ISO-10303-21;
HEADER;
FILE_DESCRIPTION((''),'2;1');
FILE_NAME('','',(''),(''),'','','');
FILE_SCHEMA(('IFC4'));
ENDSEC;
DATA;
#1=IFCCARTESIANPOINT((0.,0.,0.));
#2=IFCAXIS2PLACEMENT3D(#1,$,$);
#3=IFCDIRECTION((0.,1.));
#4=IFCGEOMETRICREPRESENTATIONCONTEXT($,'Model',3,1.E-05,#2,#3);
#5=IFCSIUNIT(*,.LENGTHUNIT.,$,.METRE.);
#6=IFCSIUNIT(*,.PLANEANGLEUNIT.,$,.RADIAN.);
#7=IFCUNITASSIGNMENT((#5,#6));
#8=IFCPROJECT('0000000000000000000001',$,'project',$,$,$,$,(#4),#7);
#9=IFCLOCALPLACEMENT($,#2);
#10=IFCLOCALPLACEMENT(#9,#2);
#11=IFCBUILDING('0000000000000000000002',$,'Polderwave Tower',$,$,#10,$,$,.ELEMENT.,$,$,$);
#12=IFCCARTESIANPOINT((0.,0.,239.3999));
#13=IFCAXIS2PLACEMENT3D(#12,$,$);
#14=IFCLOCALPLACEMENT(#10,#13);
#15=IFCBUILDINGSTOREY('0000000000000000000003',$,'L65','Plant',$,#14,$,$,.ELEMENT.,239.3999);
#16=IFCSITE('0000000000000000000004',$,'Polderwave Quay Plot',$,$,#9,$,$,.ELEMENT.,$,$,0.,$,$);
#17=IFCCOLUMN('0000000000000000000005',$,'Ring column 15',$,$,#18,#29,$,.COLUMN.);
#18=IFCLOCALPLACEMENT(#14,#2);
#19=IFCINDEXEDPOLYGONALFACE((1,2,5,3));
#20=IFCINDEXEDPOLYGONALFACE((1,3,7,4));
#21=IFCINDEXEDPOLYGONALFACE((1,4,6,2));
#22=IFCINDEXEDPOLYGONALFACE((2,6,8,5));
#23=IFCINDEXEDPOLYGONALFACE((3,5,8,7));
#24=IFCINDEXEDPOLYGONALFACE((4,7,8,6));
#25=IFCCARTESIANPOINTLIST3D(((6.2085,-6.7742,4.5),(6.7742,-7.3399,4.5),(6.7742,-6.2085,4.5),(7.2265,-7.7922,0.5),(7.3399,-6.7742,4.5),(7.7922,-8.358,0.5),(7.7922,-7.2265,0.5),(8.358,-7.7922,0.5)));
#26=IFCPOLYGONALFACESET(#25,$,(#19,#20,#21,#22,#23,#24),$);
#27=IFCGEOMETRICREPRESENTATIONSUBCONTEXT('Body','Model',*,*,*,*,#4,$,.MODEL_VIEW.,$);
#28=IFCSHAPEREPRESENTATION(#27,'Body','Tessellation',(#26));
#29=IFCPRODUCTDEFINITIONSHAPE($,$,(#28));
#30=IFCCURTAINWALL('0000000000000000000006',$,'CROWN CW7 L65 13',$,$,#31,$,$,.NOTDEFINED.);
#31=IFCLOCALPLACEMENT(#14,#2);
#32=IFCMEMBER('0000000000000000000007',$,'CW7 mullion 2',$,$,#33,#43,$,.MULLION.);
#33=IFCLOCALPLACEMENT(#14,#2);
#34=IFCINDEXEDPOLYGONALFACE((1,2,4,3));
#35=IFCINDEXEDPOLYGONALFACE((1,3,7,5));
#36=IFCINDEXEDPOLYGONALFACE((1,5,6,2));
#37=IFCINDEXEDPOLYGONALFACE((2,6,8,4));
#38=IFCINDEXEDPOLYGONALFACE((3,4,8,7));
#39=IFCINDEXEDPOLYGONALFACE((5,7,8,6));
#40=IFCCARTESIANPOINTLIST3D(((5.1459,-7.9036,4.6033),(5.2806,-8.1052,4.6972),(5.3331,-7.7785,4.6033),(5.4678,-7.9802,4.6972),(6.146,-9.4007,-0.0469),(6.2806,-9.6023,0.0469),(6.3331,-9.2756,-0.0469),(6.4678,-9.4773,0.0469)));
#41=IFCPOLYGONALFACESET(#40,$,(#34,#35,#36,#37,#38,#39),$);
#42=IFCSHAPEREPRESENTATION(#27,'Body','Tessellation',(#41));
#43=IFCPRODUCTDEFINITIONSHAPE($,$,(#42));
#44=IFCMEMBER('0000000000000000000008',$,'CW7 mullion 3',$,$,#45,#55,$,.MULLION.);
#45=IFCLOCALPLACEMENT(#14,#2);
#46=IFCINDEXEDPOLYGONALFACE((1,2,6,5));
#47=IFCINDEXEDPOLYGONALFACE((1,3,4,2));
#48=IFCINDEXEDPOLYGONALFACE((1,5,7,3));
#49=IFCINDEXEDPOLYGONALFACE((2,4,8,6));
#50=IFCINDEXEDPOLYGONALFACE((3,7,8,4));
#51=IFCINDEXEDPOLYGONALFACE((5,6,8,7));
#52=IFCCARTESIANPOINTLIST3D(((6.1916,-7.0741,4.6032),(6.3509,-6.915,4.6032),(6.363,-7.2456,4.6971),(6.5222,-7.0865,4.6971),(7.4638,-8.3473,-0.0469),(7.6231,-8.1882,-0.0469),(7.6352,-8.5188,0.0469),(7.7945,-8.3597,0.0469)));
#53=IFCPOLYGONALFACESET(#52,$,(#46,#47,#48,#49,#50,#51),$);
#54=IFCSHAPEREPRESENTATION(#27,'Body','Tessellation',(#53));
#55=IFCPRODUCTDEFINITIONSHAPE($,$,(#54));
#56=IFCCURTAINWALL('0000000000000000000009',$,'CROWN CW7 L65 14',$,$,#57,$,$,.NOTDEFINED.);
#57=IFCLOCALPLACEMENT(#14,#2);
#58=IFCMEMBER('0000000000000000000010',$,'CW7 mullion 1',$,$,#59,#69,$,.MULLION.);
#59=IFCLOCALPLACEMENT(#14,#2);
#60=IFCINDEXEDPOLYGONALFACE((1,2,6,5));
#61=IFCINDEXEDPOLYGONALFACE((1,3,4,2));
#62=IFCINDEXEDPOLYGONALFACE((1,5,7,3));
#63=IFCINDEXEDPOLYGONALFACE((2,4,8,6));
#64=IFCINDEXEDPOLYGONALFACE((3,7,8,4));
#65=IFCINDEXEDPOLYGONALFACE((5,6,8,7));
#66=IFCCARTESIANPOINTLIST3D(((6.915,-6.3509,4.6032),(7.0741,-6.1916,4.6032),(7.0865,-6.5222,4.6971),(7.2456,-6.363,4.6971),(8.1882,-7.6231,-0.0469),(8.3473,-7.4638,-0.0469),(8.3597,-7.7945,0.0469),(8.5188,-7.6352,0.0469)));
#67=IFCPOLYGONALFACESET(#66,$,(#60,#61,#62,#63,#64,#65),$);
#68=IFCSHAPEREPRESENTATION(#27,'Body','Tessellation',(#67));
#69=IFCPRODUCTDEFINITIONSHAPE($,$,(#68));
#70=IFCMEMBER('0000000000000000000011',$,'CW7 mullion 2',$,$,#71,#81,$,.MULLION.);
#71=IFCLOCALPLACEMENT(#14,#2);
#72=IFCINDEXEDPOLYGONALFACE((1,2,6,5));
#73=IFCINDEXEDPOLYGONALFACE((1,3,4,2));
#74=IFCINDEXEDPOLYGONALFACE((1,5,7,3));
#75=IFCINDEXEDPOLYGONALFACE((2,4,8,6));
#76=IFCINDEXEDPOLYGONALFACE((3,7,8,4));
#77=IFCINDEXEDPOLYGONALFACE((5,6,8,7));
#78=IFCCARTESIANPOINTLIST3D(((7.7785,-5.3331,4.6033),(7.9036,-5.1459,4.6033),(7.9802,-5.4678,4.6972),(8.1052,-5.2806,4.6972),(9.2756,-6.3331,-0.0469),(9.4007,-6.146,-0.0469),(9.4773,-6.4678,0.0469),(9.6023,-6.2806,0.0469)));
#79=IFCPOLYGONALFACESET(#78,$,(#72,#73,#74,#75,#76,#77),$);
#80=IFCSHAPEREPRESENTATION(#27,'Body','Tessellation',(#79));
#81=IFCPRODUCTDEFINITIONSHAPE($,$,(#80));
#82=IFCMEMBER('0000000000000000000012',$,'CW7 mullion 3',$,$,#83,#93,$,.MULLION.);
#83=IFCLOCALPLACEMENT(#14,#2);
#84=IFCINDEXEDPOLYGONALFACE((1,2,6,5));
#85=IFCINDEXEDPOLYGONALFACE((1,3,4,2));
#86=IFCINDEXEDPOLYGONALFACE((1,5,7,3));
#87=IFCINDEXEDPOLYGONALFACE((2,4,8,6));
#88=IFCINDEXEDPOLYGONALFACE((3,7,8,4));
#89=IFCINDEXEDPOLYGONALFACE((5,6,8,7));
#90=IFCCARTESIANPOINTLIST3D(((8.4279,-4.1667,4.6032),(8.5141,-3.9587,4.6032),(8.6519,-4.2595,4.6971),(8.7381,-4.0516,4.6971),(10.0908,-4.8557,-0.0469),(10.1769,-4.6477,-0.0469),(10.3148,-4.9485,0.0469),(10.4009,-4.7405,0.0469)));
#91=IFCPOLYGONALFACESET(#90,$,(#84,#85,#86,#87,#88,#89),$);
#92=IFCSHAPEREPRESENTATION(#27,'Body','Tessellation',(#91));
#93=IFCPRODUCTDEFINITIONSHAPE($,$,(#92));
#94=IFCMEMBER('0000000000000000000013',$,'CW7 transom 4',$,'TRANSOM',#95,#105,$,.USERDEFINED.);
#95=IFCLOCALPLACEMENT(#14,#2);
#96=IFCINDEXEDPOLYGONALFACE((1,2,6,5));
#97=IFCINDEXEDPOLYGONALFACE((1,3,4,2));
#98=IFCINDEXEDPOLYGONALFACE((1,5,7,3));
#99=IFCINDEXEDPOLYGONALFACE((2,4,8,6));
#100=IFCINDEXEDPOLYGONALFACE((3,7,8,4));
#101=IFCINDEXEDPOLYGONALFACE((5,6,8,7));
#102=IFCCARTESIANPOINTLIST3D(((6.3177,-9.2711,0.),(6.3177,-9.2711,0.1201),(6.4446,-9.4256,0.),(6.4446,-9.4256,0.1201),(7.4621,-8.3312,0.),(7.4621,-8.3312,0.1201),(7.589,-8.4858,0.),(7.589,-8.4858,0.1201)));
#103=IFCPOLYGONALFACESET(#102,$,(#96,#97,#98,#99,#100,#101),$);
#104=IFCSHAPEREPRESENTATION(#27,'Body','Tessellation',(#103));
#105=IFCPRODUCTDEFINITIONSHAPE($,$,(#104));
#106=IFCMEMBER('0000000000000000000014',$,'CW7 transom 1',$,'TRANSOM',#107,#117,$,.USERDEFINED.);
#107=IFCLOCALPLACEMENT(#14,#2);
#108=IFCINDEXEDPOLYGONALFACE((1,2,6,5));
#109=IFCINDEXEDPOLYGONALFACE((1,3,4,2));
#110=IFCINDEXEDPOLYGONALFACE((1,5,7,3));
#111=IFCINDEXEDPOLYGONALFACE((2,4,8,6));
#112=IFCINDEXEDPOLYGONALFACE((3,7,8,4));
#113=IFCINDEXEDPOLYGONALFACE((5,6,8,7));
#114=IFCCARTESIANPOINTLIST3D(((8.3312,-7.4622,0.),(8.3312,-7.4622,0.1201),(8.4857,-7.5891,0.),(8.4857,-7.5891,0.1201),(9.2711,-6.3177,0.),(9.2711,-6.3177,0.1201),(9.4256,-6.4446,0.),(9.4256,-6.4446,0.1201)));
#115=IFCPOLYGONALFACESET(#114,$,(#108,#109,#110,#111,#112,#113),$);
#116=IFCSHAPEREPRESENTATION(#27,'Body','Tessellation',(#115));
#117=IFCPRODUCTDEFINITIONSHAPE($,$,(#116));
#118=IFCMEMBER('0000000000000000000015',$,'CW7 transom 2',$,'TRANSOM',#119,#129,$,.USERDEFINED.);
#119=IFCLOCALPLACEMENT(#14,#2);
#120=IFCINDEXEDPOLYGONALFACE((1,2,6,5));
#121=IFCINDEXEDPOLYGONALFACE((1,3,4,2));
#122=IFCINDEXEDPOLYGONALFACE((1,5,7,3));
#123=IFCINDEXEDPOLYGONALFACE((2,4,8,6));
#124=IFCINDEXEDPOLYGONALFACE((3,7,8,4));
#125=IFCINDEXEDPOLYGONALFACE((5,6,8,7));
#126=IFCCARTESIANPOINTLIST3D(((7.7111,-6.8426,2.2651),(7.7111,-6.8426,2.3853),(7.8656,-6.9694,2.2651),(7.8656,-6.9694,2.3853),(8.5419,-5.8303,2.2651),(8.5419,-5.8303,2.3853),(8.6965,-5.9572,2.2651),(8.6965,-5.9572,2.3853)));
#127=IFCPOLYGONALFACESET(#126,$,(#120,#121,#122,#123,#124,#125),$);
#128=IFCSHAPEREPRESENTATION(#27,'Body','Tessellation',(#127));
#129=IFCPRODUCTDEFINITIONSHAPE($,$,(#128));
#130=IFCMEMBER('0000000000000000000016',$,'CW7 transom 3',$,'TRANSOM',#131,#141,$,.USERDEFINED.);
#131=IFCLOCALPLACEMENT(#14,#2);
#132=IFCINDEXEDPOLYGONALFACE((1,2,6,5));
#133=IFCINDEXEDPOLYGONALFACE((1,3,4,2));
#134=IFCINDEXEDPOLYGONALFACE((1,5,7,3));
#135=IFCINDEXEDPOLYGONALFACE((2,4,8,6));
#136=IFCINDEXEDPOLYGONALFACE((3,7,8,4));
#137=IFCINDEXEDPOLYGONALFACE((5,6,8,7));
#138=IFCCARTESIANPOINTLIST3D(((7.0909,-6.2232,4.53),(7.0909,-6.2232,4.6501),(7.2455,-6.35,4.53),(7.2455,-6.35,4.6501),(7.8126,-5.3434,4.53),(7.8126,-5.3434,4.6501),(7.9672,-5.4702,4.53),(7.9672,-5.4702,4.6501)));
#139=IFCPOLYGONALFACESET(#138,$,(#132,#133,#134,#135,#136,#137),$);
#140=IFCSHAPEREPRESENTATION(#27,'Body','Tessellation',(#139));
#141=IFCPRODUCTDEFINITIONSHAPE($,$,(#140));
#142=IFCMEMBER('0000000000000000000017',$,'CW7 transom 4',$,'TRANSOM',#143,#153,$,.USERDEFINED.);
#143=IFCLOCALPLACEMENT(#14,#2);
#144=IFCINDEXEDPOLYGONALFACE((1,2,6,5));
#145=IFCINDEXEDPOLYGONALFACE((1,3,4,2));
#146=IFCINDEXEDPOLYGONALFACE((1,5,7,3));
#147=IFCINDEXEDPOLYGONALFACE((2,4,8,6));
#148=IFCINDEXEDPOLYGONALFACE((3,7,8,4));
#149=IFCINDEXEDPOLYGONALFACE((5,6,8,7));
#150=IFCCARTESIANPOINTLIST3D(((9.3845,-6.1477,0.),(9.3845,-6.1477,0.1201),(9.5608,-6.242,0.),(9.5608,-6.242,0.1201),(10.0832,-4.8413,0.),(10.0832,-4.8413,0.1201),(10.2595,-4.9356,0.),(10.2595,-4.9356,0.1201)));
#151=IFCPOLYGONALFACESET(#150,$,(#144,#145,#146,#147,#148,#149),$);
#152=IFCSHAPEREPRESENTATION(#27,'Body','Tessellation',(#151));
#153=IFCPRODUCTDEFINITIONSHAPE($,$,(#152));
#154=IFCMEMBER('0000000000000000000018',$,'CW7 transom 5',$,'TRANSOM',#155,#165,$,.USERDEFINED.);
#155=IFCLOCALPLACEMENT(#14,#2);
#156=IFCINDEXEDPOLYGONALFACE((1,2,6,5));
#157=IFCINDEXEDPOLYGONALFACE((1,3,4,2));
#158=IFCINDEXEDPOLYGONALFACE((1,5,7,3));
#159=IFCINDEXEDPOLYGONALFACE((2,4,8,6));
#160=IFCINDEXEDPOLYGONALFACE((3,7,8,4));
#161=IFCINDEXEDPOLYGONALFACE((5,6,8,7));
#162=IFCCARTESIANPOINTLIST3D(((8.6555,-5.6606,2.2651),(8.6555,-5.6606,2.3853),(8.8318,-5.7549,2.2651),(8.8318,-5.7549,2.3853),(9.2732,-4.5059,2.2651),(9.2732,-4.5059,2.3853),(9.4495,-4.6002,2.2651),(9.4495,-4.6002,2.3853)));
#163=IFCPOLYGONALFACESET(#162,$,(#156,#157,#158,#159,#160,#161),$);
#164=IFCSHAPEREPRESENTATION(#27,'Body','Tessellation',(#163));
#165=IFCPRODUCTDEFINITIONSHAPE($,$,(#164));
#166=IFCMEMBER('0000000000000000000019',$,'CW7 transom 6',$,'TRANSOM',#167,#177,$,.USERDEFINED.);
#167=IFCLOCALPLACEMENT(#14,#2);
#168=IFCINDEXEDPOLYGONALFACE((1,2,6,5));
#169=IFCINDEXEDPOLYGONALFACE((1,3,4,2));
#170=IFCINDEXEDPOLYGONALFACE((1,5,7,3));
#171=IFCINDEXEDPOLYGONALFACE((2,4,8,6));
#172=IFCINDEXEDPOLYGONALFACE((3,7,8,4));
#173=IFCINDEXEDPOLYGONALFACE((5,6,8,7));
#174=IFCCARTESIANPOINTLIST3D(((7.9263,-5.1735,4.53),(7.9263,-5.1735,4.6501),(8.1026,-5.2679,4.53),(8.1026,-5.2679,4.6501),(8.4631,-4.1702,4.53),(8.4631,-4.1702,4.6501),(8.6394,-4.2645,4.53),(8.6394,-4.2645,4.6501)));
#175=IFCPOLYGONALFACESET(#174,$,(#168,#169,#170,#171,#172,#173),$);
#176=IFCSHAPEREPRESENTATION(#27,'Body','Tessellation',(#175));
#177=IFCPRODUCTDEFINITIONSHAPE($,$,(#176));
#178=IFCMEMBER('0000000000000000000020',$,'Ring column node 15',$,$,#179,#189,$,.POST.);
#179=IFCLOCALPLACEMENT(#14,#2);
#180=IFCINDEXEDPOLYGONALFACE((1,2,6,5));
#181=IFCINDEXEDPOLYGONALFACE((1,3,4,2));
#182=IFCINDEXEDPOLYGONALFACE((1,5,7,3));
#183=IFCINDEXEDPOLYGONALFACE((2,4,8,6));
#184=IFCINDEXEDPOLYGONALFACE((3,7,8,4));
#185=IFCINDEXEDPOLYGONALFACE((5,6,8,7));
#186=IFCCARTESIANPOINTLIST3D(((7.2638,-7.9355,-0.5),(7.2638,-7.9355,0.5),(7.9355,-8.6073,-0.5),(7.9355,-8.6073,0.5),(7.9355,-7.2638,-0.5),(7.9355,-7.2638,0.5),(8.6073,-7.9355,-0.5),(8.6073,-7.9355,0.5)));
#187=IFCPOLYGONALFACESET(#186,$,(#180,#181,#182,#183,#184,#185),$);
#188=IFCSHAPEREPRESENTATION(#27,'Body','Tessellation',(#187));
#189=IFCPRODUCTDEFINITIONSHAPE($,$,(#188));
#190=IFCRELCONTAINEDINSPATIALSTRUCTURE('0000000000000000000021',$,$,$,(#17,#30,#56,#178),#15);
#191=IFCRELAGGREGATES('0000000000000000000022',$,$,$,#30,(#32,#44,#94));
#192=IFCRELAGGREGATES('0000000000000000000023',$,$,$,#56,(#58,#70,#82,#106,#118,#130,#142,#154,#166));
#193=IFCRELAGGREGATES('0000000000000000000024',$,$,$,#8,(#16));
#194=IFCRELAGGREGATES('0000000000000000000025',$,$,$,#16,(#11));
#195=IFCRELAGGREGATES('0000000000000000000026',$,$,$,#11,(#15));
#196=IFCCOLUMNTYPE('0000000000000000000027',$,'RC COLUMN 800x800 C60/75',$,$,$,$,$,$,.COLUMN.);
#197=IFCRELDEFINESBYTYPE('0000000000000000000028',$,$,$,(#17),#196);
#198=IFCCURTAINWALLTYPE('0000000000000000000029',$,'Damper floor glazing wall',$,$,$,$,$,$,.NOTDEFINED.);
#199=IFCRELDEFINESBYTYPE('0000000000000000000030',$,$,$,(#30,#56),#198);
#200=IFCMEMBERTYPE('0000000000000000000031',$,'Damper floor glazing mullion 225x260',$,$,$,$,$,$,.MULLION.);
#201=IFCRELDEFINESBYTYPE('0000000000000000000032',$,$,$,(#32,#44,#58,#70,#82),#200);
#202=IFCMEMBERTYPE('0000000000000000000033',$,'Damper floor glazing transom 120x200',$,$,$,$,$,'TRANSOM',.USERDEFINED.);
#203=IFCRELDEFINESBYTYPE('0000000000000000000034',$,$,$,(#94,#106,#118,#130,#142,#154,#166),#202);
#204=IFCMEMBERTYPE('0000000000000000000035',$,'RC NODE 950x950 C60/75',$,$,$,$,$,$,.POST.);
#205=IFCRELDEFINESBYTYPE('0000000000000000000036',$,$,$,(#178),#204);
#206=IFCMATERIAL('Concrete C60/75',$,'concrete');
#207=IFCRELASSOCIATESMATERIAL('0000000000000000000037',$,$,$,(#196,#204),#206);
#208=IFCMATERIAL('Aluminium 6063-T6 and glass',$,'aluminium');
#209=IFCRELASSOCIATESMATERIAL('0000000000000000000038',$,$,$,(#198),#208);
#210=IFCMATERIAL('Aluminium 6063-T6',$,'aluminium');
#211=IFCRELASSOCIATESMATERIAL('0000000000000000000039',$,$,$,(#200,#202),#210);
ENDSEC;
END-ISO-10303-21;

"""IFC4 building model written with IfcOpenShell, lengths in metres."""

from ifc_helpers import new_model, si_unit, direction, frame, origin, origin_2d, place, context, subcontext, project, spatial, rectangle, extrude, material, material_profile, profile_set, type_object, element, aggregate, save


model = new_model("IFC4")

# Units and contexts
model_context = context("Model", 3, precision=1e-05, world=origin(), true_north=direction((0.0, 1.0)))
body_context = subcontext(model_context, "Body", "Model", "MODEL_VIEW")
ifc_project = project(units=[si_unit("LENGTHUNIT", "METRE"), si_unit("PLANEANGLEUNIT", "RADIAN")], contexts=[model_context])

# Site, building, storey
site_placement = place(None, origin())
site = spatial("IfcSite", under=ifc_project, at=site_placement, Name="Polderwave Quay Plot", CompositionType="ELEMENT", RefElevation=0.0)
building_placement = place(site_placement, origin())
building = spatial("IfcBuilding", under=site, at=building_placement, Name="Polderwave Tower", CompositionType="ELEMENT")
storey_placement = place(building_placement, frame((0.0, 0.0, 239.3999)))
storey = spatial("IfcBuildingStorey", under=building, at=storey_placement, Name="L65", Description="Plant", CompositionType="ELEMENT", Elevation=239.3999)

# Column
ifc_material_1 = material(Name="Concrete C60/75", Category="concrete")
ifc_material_profile_1 = material_profile(ifc_material_1, rectangle(XDim=0.8, YDim=0.8, at=origin_2d()), Name="RC 800x800")
ifc_profile_set_1 = profile_set([ifc_material_profile_1], Name="Concrete C60/75")
column_type = type_object("IfcColumnType", Name="RC COLUMN 800x800 C60/75", PredefinedType="COLUMN", material=ifc_profile_set_1)
column_placement = place(storey_placement, frame((7.7922, -7.7922, 0.5), z_axis=(0.0, 0.0, 1.0), x_axis=(-0.707107, -0.707107, 0.0)))
element("IfcColumn", 1, at=column_placement, inside=storey, type_object=column_type, Name="Ring column 15", PredefinedType="COLUMN", context=body_context, shape_type="SweptSolid", body=[
    extrude(rectangle(XDim=0.8, YDim=0.8, at=origin_2d()), origin(), (0.0, -0.33867, 0.940905), 4.2512),
])

# Curtain walls, members
ifc_material_2 = material(Name="Aluminium 6063-T6 and glass", Category="aluminium")
curtain_wall_type = type_object("IfcCurtainWallType", Name="Damper floor glazing wall", PredefinedType="NOTDEFINED", material=ifc_material_2)
curtain_wall_1_placement = place(storey_placement, origin())
curtain_wall_1 = element("IfcCurtainWall", 2, at=curtain_wall_1_placement, inside=storey, type_object=curtain_wall_type, Name="CROWN CW7 L65 13", PredefinedType="NOTDEFINED")
ifc_material_3 = material(Name="Aluminium 6063-T6", Category="aluminium")
ifc_material_profile_2 = material_profile(ifc_material_3, rectangle(XDim=0.2251, YDim=0.26, at=origin_2d()), Name="AL 225x260")
ifc_profile_set_2 = profile_set([ifc_material_profile_2], Name="Aluminium 6063-T6")
member_type_1 = type_object("IfcMemberType", Name="Damper floor glazing mullion 225x260", PredefinedType="MULLION", material=ifc_profile_set_2)
member_1_placement = place(storey_placement, frame((6.3069, -9.439, 0.0), z_axis=(-0.200542, 0.300225, 0.932549), x_axis=(-0.831549, -0.555451, 0.0)))
member_1 = element("IfcMember", 3, at=member_1_placement, type_object=member_type_1, Name="CW7 mullion 2", PredefinedType="MULLION", context=body_context, shape_type="SweptSolid", body=[
    extrude(rectangle(XDim=0.2251, YDim=0.26, at=origin_2d()), origin(), (0.0, 0.0, 1.0), 4.9866),
])
member_2_placement = place(storey_placement, frame((7.6292, -8.3535, 0.0), z_axis=(-0.255141, 0.255337, 0.93258), x_axis=(-0.707378, -0.706835, 0.0)))
member_2 = element("IfcMember", 4, at=member_2_placement, type_object=member_type_1, Name="CW7 mullion 3", PredefinedType="MULLION", context=body_context, shape_type="SweptSolid", body=[
    extrude(rectangle(XDim=0.2251, YDim=0.26, at=origin_2d()), origin(), (0.0, 0.0, 1.0), 4.9863),
])
curtain_wall_2_placement = place(storey_placement, origin())
curtain_wall_2 = element("IfcCurtainWall", 5, at=curtain_wall_2_placement, inside=storey, type_object=curtain_wall_type, Name="CROWN CW7 L65 14", PredefinedType="NOTDEFINED")
member_3_placement = place(storey_placement, frame((8.3535, -7.6292, 0.0), z_axis=(-0.255337, 0.255141, 0.93258), x_axis=(-0.706835, -0.707378, 0.0)))
member_3 = element("IfcMember", 6, at=member_3_placement, type_object=member_type_1, Name="CW7 mullion 1", PredefinedType="MULLION", context=body_context, shape_type="SweptSolid", body=[
    extrude(rectangle(XDim=0.2251, YDim=0.26, at=origin_2d()), origin(), (0.0, 0.0, 1.0), 4.9863),
])
member_4_placement = place(storey_placement, frame((9.439, -6.3069, 0.0), z_axis=(-0.300225, 0.200542, 0.932549), x_axis=(-0.555451, -0.831549, 0.0)))
member_4 = element("IfcMember", 7, at=member_4_placement, type_object=member_type_1, Name="CW7 mullion 2", PredefinedType="MULLION", context=body_context, shape_type="SweptSolid", body=[
    extrude(rectangle(XDim=0.2251, YDim=0.26, at=origin_2d()), origin(), (0.0, 0.0, 1.0), 4.9866),
])
member_5_placement = place(storey_placement, frame((10.2458, -4.7981, 0.0), z_axis=(-0.333479, 0.13817, 0.932577), x_axis=(-0.382775, -0.923842, 0.0)))
member_5 = element("IfcMember", 8, at=member_5_placement, type_object=member_type_1, Name="CW7 mullion 3", PredefinedType="MULLION", context=body_context, shape_type="SweptSolid", body=[
    extrude(rectangle(XDim=0.2251, YDim=0.26, at=origin_2d()), origin(), (0.0, 0.0, 1.0), 4.9863),
])

# Members
ifc_material_profile_3 = material_profile(ifc_material_3, rectangle(XDim=0.2, YDim=0.1201, at=origin_2d()), Name="AL 120x200")
ifc_profile_set_3 = profile_set([ifc_material_profile_3], Name="Aluminium 6063-T6")
member_type_2 = type_object("IfcMemberType", Name="Damper floor glazing transom 120x200", ElementType="TRANSOM", PredefinedType="USERDEFINED", material=ifc_profile_set_3)
member_6_placement = place(storey_placement, frame((6.3811, -9.3484, 0.0601), z_axis=(0.772796, 0.634655, 0.0), x_axis=(-0.634655, 0.772796, 0.0)))
member_6 = element("IfcMember", 9, at=member_6_placement, type_object=member_type_2, Name="CW7 transom 4", ObjectType="TRANSOM", PredefinedType="USERDEFINED", context=body_context, shape_type="SweptSolid", body=[
    extrude(rectangle(XDim=0.2, YDim=0.1201, at=origin_2d()), origin(), (0.0, 0.0, 1.0), 1.481),
])
member_7_placement = place(storey_placement, frame((8.4084, -7.5256, 0.0601), z_axis=(0.634655, 0.772796, 0.0), x_axis=(-0.772796, 0.634655, 0.0)))
member_7 = element("IfcMember", 10, at=member_7_placement, type_object=member_type_2, Name="CW7 transom 1", ObjectType="TRANSOM", PredefinedType="USERDEFINED", context=body_context, shape_type="SweptSolid", body=[
    extrude(rectangle(XDim=0.2, YDim=0.1201, at=origin_2d()), origin(), (0.0, 0.0, 1.0), 1.481),
])
member_8_placement = place(storey_placement, frame((7.7883, -6.906, 2.3252), z_axis=(0.634445, 0.772968, 0.0), x_axis=(-0.772968, 0.634445, 0.0)))
member_8 = element("IfcMember", 11, at=member_8_placement, type_object=member_type_2, Name="CW7 transom 2", ObjectType="TRANSOM", PredefinedType="USERDEFINED", context=body_context, shape_type="SweptSolid", body=[
    extrude(rectangle(XDim=0.2, YDim=0.1201, at=origin_2d()), origin(), (0.0, 0.0, 1.0), 1.3096),
])
member_9_placement = place(storey_placement, frame((7.1682, -6.2866, 4.5901), z_axis=(0.634172, 0.773192, 0.0), x_axis=(-0.773192, 0.634172, 0.0)))
member_9 = element("IfcMember", 12, at=member_9_placement, type_object=member_type_2, Name="CW7 transom 3", ObjectType="TRANSOM", PredefinedType="USERDEFINED", context=body_context, shape_type="SweptSolid", body=[
    extrude(rectangle(XDim=0.2, YDim=0.1201, at=origin_2d()), origin(), (0.0, 0.0, 1.0), 1.1379),
])
member_10_placement = place(storey_placement, frame((9.4727, -6.1948, 0.0601), z_axis=(0.471631, 0.881796, 0.0), x_axis=(-0.881796, 0.471631, 0.0)))
member_10 = element("IfcMember", 13, at=member_10_placement, type_object=member_type_2, Name="CW7 transom 4", ObjectType="TRANSOM", PredefinedType="USERDEFINED", context=body_context, shape_type="SweptSolid", body=[
    extrude(rectangle(XDim=0.2, YDim=0.1201, at=origin_2d()), origin(), (0.0, 0.0, 1.0), 1.4814),
])
member_11_placement = place(storey_placement, frame((8.7437, -5.7078, 2.3252), z_axis=(0.471652, 0.881785, 0.0), x_axis=(-0.881785, 0.471652, 0.0)))
member_11 = element("IfcMember", 14, at=member_11_placement, type_object=member_type_2, Name="CW7 transom 5", ObjectType="TRANSOM", PredefinedType="USERDEFINED", context=body_context, shape_type="SweptSolid", body=[
    extrude(rectangle(XDim=0.2, YDim=0.1201, at=origin_2d()), origin(), (0.0, 0.0, 1.0), 1.3096),
])
member_12_placement = place(storey_placement, frame((8.0144, -5.2207, 4.5901), z_axis=(0.471757, 0.881729, 0.0), x_axis=(-0.881729, 0.471757, 0.0)))
member_12 = element("IfcMember", 15, at=member_12_placement, type_object=member_type_2, Name="CW7 transom 6", ObjectType="TRANSOM", PredefinedType="USERDEFINED", context=body_context, shape_type="SweptSolid", body=[
    extrude(rectangle(XDim=0.2, YDim=0.1201, at=origin_2d()), origin(), (0.0, 0.0, 1.0), 1.1379),
])
ifc_material_profile_4 = material_profile(ifc_material_1, rectangle(XDim=0.95, YDim=0.95, at=origin_2d()), Name="RC 950x950")
ifc_profile_set_4 = profile_set([ifc_material_profile_4], Name="Concrete C60/75")
member_type_3 = type_object("IfcMemberType", Name="RC NODE 950x950 C60/75", PredefinedType="POST", material=ifc_profile_set_4)
member_13_placement = place(storey_placement, frame((7.9355, -7.9355, -0.5), z_axis=(0.0, 0.0, 1.0), x_axis=(0.707107, -0.707107, 0.0)))
element("IfcMember", 16, at=member_13_placement, inside=storey, type_object=member_type_3, Name="Ring column node 15", PredefinedType="POST", context=body_context, shape_type="SweptSolid", body=[
    extrude(rectangle(XDim=0.95, YDim=0.95, at=origin_2d()), origin(), (0.0, 0.0, 1.0), 1.0),
])

aggregate(curtain_wall_1, [member_1, member_2, member_6])
aggregate(curtain_wall_2, [member_3, member_4, member_5, member_7, member_8, member_9, member_10, member_11, member_12])

save(model, "model.ifc")
